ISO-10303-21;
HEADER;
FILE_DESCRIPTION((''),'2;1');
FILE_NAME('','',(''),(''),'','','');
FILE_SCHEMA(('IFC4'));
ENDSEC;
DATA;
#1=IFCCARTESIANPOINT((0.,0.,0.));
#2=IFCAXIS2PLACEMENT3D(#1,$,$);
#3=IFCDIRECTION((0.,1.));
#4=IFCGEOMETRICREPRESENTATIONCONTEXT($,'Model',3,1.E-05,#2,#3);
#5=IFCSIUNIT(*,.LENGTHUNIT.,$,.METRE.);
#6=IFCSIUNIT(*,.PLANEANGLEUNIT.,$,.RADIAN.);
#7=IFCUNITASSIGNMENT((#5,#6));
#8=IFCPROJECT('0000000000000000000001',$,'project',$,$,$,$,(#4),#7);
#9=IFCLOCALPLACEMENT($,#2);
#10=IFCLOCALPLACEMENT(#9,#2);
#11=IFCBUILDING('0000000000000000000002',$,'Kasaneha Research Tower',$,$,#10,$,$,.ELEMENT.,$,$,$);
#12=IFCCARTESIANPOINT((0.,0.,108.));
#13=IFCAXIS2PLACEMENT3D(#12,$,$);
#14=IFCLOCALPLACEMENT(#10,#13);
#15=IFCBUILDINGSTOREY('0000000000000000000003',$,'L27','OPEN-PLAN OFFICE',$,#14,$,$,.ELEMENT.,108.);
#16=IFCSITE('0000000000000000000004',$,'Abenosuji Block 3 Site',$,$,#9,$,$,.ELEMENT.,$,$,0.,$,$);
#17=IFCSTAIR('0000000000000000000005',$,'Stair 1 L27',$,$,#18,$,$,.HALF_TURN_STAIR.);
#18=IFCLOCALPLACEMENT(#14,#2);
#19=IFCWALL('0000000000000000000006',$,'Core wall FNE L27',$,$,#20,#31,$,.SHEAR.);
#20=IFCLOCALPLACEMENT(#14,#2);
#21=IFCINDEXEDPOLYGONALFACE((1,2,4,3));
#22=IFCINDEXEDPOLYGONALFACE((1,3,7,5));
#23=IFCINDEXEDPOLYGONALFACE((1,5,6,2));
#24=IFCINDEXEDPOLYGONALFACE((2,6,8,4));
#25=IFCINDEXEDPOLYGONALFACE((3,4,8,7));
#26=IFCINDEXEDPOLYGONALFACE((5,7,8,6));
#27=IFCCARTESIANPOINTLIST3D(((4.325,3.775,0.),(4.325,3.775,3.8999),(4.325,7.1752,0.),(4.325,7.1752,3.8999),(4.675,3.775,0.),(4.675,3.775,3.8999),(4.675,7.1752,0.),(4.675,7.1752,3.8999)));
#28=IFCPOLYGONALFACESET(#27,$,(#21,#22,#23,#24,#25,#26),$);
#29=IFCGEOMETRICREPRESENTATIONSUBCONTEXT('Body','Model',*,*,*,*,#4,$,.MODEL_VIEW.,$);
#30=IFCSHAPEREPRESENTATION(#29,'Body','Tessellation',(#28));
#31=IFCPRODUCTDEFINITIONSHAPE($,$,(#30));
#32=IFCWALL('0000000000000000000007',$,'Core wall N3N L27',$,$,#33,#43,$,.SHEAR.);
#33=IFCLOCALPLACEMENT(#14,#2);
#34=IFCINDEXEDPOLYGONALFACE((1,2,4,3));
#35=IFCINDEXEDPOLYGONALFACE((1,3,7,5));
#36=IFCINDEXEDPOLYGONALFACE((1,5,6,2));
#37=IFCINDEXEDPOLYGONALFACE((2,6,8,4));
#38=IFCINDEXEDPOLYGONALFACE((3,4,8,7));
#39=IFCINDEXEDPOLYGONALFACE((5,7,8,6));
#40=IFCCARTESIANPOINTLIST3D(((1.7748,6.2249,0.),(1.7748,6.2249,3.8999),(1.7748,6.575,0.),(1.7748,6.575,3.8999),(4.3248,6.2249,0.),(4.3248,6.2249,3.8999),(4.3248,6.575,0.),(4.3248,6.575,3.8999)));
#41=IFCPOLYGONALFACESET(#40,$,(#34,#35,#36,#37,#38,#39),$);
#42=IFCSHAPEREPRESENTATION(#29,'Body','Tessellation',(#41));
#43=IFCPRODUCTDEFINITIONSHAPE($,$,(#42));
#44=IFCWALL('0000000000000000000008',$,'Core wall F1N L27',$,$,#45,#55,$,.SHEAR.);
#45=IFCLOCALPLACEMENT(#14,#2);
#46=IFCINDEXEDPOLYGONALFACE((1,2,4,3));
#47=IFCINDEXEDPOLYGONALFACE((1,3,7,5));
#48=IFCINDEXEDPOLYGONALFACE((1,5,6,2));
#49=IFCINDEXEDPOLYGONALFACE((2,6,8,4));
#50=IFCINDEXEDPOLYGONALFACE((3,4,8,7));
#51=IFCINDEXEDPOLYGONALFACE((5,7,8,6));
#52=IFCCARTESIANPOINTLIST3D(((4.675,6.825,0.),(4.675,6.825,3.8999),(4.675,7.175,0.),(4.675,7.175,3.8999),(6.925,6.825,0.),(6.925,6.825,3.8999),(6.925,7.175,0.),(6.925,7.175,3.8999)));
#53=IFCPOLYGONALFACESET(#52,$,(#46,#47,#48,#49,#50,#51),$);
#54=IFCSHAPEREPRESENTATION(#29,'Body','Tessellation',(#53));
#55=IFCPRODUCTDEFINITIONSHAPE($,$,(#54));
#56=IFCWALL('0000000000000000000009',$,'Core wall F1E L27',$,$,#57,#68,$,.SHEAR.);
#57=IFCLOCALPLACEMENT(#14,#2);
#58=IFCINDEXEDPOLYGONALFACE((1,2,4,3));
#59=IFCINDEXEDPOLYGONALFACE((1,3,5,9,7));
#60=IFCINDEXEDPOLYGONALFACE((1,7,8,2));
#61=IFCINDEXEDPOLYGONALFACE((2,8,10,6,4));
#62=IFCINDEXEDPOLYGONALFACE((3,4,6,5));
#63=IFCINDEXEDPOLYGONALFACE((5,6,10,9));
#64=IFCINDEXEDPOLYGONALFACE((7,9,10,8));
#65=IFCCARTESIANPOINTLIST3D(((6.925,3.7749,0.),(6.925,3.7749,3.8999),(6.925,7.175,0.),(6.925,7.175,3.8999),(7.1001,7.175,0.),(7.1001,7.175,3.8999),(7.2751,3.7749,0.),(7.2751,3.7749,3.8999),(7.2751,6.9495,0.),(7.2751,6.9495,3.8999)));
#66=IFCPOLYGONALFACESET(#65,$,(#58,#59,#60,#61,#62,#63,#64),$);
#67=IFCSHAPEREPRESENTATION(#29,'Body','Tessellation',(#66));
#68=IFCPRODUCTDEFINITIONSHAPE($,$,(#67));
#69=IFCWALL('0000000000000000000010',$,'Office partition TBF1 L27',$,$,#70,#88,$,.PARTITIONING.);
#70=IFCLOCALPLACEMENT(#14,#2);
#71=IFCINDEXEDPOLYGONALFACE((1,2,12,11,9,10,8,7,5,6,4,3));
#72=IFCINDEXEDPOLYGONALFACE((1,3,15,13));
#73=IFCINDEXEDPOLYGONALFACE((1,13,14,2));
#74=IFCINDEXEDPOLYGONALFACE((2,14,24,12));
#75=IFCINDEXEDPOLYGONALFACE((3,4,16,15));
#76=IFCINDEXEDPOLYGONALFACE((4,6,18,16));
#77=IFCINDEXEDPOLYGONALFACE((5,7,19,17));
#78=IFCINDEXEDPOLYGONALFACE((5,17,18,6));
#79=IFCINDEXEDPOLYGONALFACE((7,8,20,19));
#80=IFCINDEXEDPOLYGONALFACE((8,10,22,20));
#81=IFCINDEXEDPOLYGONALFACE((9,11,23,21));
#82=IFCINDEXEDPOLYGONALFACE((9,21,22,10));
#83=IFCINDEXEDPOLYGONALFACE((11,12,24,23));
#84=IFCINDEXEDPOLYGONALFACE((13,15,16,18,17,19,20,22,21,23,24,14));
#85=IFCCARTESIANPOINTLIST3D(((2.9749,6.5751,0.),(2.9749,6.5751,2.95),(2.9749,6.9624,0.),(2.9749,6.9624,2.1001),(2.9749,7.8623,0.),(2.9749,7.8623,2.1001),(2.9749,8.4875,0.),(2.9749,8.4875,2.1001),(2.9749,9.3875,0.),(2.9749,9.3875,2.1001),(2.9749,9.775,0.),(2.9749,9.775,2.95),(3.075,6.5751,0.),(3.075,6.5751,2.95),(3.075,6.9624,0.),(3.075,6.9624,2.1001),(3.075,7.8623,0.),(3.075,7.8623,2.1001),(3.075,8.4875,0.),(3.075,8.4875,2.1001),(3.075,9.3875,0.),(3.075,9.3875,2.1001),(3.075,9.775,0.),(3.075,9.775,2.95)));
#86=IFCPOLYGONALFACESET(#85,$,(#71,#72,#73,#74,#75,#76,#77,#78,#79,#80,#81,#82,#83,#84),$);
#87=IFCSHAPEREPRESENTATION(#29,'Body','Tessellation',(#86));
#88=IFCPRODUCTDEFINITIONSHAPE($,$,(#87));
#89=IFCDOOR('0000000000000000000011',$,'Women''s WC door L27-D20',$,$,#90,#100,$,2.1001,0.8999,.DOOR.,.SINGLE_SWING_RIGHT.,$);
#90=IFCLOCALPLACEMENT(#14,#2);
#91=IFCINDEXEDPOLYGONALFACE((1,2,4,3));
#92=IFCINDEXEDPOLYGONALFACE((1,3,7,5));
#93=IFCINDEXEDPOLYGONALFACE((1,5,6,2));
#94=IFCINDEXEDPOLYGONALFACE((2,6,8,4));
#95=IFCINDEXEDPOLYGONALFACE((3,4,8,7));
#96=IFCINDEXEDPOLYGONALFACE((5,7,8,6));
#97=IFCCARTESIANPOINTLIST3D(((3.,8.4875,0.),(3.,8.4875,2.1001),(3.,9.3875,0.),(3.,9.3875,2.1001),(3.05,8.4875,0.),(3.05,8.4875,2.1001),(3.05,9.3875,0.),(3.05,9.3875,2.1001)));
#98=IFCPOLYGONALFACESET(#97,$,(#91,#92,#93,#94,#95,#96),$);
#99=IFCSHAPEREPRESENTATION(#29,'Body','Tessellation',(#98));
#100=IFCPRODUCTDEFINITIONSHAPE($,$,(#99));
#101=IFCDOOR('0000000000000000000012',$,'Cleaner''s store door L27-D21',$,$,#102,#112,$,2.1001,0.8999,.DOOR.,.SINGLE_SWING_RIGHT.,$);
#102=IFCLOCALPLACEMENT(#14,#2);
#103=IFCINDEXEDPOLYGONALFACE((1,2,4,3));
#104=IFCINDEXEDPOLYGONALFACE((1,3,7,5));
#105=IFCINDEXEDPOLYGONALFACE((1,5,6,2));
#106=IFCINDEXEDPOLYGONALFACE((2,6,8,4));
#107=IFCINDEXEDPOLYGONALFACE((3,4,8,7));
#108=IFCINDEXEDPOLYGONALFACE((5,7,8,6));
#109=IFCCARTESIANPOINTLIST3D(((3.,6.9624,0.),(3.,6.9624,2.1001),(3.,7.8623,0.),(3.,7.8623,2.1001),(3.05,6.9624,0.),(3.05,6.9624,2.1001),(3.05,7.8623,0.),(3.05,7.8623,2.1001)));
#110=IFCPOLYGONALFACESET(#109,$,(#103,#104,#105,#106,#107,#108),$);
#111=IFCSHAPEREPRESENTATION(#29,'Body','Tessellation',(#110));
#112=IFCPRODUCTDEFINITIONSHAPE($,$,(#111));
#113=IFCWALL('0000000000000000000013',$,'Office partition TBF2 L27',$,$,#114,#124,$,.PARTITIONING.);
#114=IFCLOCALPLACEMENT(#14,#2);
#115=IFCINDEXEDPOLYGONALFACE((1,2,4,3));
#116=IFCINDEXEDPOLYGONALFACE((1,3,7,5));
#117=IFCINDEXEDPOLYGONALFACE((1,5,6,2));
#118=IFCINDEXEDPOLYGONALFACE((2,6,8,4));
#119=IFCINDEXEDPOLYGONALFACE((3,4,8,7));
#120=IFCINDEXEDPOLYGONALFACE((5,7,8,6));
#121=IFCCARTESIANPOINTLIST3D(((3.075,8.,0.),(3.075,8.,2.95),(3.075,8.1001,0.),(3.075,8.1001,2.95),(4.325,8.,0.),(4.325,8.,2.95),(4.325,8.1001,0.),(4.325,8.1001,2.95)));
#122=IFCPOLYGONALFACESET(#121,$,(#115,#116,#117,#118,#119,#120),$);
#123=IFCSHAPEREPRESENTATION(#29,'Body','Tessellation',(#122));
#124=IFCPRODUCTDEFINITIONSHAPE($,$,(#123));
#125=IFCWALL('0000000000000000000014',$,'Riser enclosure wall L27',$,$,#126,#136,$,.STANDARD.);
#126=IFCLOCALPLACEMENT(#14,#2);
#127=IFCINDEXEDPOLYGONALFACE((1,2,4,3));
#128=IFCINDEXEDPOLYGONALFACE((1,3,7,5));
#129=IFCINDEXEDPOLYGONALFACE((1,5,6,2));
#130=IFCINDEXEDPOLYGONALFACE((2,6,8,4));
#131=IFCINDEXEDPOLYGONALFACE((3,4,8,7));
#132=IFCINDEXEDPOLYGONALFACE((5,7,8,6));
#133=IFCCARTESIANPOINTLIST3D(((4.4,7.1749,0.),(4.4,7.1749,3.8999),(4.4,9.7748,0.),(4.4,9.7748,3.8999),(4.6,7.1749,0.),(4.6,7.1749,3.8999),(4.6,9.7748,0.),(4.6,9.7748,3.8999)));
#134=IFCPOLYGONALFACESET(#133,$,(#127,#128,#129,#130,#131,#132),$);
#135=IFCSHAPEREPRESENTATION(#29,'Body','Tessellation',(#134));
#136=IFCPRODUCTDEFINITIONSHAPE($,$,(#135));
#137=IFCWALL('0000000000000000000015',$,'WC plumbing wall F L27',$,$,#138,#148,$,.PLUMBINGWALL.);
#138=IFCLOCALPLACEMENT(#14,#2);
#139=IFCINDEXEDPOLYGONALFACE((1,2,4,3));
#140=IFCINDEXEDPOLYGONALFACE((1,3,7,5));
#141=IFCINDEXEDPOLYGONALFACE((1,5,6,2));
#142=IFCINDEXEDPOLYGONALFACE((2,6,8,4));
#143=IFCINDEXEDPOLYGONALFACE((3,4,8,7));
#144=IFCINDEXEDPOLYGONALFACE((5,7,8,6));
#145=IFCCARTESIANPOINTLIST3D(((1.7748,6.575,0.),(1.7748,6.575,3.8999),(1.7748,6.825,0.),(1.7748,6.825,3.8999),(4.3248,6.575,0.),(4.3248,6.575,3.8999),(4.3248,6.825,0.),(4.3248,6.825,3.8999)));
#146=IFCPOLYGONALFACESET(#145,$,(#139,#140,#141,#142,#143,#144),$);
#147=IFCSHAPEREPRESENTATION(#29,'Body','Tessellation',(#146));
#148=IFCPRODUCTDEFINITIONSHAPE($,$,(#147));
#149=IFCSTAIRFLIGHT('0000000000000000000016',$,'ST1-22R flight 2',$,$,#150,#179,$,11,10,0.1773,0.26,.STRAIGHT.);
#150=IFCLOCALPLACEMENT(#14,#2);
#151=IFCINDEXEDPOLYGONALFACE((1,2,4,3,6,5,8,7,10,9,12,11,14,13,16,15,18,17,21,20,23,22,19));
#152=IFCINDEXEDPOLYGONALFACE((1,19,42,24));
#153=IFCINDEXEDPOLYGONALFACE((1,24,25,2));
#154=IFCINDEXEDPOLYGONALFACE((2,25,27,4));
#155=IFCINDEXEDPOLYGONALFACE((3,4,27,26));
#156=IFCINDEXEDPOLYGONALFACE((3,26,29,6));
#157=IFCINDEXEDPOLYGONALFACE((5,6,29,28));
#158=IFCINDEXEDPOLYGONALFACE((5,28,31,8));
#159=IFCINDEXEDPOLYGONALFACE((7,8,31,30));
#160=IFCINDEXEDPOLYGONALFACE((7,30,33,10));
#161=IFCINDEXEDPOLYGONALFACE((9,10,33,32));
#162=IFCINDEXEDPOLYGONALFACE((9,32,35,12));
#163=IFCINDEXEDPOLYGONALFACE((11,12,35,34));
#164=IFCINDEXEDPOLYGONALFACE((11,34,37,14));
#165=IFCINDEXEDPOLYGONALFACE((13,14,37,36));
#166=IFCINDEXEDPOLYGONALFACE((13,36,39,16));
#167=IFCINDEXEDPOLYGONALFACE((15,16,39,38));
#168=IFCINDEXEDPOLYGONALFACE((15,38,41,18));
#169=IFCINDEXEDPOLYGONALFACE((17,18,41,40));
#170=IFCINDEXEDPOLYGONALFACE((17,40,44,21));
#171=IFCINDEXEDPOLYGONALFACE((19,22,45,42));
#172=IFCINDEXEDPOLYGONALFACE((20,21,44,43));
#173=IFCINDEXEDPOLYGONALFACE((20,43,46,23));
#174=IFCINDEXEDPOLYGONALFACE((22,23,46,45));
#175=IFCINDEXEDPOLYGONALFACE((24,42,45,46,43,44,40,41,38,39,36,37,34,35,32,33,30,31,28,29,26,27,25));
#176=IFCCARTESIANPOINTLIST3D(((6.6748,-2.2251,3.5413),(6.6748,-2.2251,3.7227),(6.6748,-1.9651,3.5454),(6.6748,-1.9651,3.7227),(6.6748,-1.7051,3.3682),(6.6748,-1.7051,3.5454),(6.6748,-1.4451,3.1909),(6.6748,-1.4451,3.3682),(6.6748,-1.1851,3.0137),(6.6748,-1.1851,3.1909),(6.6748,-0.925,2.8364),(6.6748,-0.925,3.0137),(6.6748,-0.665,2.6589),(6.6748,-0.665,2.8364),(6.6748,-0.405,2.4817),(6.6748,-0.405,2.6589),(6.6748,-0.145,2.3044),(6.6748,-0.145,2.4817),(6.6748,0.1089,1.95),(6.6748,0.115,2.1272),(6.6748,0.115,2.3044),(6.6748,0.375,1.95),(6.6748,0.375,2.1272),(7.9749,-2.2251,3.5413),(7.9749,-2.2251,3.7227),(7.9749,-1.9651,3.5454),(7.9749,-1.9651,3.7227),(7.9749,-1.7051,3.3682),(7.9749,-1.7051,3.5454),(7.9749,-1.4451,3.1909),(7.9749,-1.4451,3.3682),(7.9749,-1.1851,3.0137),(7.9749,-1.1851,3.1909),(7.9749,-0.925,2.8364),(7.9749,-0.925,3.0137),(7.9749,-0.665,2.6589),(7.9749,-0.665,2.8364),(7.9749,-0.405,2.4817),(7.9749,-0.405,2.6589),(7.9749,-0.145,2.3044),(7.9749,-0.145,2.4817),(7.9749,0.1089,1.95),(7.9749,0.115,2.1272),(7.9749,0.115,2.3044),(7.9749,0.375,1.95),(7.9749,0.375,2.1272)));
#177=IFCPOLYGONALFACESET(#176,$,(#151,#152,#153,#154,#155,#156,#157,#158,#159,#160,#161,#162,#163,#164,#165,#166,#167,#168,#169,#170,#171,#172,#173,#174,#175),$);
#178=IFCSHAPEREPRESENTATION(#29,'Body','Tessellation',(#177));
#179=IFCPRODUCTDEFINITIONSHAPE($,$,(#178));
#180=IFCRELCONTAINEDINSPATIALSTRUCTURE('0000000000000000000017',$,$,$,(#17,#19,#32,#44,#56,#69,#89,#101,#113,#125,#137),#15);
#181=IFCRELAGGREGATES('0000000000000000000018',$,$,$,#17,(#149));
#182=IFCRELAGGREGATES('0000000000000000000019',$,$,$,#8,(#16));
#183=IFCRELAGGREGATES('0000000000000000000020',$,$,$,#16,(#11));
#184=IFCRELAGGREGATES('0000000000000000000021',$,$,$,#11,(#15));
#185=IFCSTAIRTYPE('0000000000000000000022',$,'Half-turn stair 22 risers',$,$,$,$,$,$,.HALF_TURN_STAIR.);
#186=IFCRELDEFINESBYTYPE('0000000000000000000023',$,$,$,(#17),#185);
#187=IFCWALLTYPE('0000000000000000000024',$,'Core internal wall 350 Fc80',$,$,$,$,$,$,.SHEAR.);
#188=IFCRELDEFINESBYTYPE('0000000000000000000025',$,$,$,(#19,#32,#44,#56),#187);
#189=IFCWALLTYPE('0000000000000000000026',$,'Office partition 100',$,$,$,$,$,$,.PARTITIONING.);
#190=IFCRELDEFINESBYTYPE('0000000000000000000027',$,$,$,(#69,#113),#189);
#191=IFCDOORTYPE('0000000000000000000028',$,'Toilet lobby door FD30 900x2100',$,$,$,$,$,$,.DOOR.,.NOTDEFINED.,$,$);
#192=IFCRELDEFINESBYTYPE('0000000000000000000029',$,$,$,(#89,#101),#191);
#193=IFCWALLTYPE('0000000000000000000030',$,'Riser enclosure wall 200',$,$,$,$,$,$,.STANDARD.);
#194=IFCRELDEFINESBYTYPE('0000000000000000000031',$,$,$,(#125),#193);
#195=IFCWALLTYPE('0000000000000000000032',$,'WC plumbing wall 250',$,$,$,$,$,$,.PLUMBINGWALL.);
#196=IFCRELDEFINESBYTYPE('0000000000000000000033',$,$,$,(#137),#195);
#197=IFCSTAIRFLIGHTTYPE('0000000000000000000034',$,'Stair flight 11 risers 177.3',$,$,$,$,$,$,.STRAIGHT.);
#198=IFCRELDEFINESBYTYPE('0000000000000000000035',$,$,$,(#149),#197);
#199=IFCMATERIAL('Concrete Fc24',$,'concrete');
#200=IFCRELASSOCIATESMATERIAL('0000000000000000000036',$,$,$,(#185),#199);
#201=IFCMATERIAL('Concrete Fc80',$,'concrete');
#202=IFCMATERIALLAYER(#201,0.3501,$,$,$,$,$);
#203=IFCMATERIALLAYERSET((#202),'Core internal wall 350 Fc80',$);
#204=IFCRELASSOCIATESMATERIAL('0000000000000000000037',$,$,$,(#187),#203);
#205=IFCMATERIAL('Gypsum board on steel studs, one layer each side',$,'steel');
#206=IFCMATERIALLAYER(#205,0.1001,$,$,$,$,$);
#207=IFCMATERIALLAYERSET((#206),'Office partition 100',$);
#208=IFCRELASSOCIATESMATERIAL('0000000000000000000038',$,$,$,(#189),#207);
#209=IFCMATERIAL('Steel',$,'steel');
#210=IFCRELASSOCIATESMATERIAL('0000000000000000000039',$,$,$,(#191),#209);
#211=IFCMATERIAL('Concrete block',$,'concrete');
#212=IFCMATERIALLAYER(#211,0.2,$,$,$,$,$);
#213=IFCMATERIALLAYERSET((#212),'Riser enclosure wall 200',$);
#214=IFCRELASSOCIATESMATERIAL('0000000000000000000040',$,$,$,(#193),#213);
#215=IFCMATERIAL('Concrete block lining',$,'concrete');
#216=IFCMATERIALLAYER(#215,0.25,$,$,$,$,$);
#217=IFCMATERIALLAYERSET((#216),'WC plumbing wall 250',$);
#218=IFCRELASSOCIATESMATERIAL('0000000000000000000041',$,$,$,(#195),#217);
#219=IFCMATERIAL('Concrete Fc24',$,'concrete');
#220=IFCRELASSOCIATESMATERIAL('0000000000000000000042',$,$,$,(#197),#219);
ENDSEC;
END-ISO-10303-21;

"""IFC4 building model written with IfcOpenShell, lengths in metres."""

from ifc_helpers import new_model, si_unit, direction, frame, frame_2d, origin, place, context, subcontext, project, spatial, polyline, rectangle, outline, extrude, material, layer, layer_set, type_object, element, fill, aggregate, save


model = new_model("IFC4")

# Units and contexts
model_context = context("Model", 3, precision=1e-05, world=origin(), true_north=direction((0.0, 1.0)))
body_context = subcontext(model_context, "Body", "Model", "MODEL_VIEW")
ifc_project = project(units=[si_unit("LENGTHUNIT", "METRE"), si_unit("PLANEANGLEUNIT", "RADIAN")], contexts=[model_context])

# Site, building, storey
site_placement = place(None, origin())
site = spatial("IfcSite", under=ifc_project, at=site_placement, Name="Abenosuji Block 3 Site", CompositionType="ELEMENT", RefElevation=0.0)
building_placement = place(site_placement, origin())
building = spatial("IfcBuilding", under=site, at=building_placement, Name="Kasaneha Research Tower", CompositionType="ELEMENT")
storey_placement = place(building_placement, frame((0.0, 0.0, 108.0)))
storey = spatial("IfcBuildingStorey", under=building, at=storey_placement, Name="L27", Description="OPEN-PLAN OFFICE", CompositionType="ELEMENT", Elevation=108.0)

# Stair
ifc_material_1 = material(Name="Concrete Fc24", Category="concrete")
stair_type = type_object("IfcStairType", Name="Half-turn stair 22 risers", PredefinedType="HALF_TURN_STAIR", material=ifc_material_1)
stair_1_placement = place(storey_placement, origin())
stair_1 = element("IfcStair", 1, at=stair_1_placement, inside=storey, type_object=stair_type, Name="Stair 1 L27", PredefinedType="HALF_TURN_STAIR")

# Shared definitions
ifc_material_2 = material(Name="Concrete Fc80", Category="concrete")
ifc_layer_1 = layer(ifc_material_2, 0.3501)
ifc_layer_set_1 = layer_set([ifc_layer_1], Name="Core internal wall 350 Fc80")
wall_type_1 = type_object("IfcWallType", Name="Core internal wall 350 Fc80", PredefinedType="SHEAR", material=ifc_layer_set_1)

# Walls
wall_1_placement = place(storey_placement, frame((4.5, 3.7749, 0.0), z_axis=(0.0, 0.0, 1.0), x_axis=(0.0, 1.0, 0.0)))
element("IfcWall", 2, at=wall_1_placement, inside=storey, type_object=wall_type_1, Name="Core wall FNE L27", PredefinedType="SHEAR", context=body_context, shape_type="SweptSolid", body=[
    extrude(rectangle(XDim=3.4001, YDim=0.3501, at=frame_2d((1.7002, 0.0))), origin(), (0.0, 0.0, 1.0), 3.8999),
])
wall_2_placement = place(storey_placement, frame((1.7749, 6.3999, 0.0), z_axis=(0.0, 0.0, 1.0), x_axis=(1.0, 0.0, 0.0)))
element("IfcWall", 3, at=wall_2_placement, inside=storey, type_object=wall_type_1, Name="Core wall N3N L27", PredefinedType="SHEAR", context=body_context, shape_type="SweptSolid", body=[
    extrude(rectangle(XDim=2.55, YDim=0.3501, at=frame_2d((1.2749, 0.0))), origin(), (0.0, 0.0, 1.0), 3.8999),
])
wall_3_placement = place(storey_placement, frame((4.675, 7.0, 0.0), z_axis=(0.0, 0.0, 1.0), x_axis=(1.0, 0.0, 0.0)))
element("IfcWall", 4, at=wall_3_placement, inside=storey, type_object=wall_type_1, Name="Core wall F1N L27", PredefinedType="SHEAR", context=body_context, shape_type="SweptSolid", body=[
    extrude(rectangle(XDim=2.25, YDim=0.3501, at=frame_2d((1.125, 0.0))), origin(), (0.0, 0.0, 1.0), 3.8999),
])
wall_4_placement = place(storey_placement, frame((7.1001, 3.7749, 0.0), z_axis=(0.0, 0.0, 1.0), x_axis=(0.0, 1.0, 0.0)))
element("IfcWall", 5, at=wall_4_placement, inside=storey, type_object=wall_type_1, Name="Core wall F1E L27", PredefinedType="SHEAR", context=body_context, shape_type="SweptSolid", body=[
    extrude(outline(polyline([(0.0, -0.175), (3.1746, -0.175), (3.4001, 0.0), (3.4001, 0.175), (0.0, 0.175), (0.0, -0.175)])), origin(), (0.0, 0.0, 1.0), 3.8999),
])

# Wall, openings, doors
ifc_material_3 = material(Name="Gypsum board on steel studs, one layer each side", Category="steel")
ifc_layer_2 = layer(ifc_material_3, 0.1001)
ifc_layer_set_2 = layer_set([ifc_layer_2], Name="Office partition 100")
wall_type_2 = type_object("IfcWallType", Name="Office partition 100", PredefinedType="PARTITIONING", material=ifc_layer_set_2)
wall_5_placement = place(storey_placement, frame((3.0249, 6.575, 0.0), z_axis=(0.0, 0.0, 1.0), x_axis=(0.0, 1.0, 0.0)))
wall_5 = element("IfcWall", 6, at=wall_5_placement, inside=storey, type_object=wall_type_2, Name="Office partition TBF1 L27", PredefinedType="PARTITIONING", context=body_context, shape_type="SweptSolid", body=[
    extrude(rectangle(XDim=3.2, YDim=0.1001, at=frame_2d((1.6001, 0.0))), origin(), (0.0, 0.0, 1.0), 2.95),
])
opening_1_placement = place(wall_5_placement, frame((1.9126, 0.0, 0.0)))
opening_1 = element("IfcOpeningElement", 7, at=opening_1_placement, cuts=wall_5, PredefinedType="OPENING", context=body_context, shape_type="SweptSolid", body=[
    extrude(rectangle(XDim=0.8999, YDim=2.1001, at=frame_2d((0.45, 1.05))), frame((0.0, 0.0601, 0.0), z_axis=(0.0, -1.0, 0.0), x_axis=(1.0, 0.0, 0.0)), (0.0, 0.0, 1.0), 0.1201),
])
opening_2_placement = place(wall_5_placement, frame((0.3875, 0.0, 0.0)))
opening_2 = element("IfcOpeningElement", 8, at=opening_2_placement, cuts=wall_5, PredefinedType="OPENING", context=body_context, shape_type="SweptSolid", body=[
    extrude(rectangle(XDim=0.8999, YDim=2.1001, at=frame_2d((0.45, 1.05))), frame((0.0, 0.0601, 0.0), z_axis=(0.0, -1.0, 0.0), x_axis=(1.0, 0.0, 0.0)), (0.0, 0.0, 1.0), 0.1201),
])
ifc_material_4 = material(Name="Steel", Category="steel")
door_type_1 = type_object("IfcDoorType", Name="Toilet lobby door FD30 900x2100", OperationType="NOTDEFINED", PredefinedType="DOOR", material=ifc_material_4)
door_1_placement = place(opening_1_placement, origin())
door_1 = element("IfcDoor", 9, at=door_1_placement, inside=storey, type_object=door_type_1, Name="Women's WC door L27-D20", OperationType="SINGLE_SWING_RIGHT", OverallHeight=2.1001, OverallWidth=0.8999, PredefinedType="DOOR", context=body_context, shape_type="SweptSolid", body=[
    extrude(rectangle(XDim=0.8999, YDim=2.1001, at=frame_2d((0.45, 1.05))), frame((0.0, 0.0249, 0.0), z_axis=(0.0, -1.0, 0.0), x_axis=(1.0, 0.0, 0.0)), (0.0, 0.0, 1.0), 0.05),
])
fill(opening_1, door_1)
door_2_placement = place(opening_2_placement, origin())
door_2 = element("IfcDoor", 10, at=door_2_placement, inside=storey, type_object=door_type_1, Name="Cleaner's store door L27-D21", OperationType="SINGLE_SWING_RIGHT", OverallHeight=2.1001, OverallWidth=0.8999, PredefinedType="DOOR", context=body_context, shape_type="SweptSolid", body=[
    extrude(rectangle(XDim=0.8999, YDim=2.1001, at=frame_2d((0.45, 1.05))), frame((0.0, 0.0249, 0.0), z_axis=(0.0, -1.0, 0.0), x_axis=(1.0, 0.0, 0.0)), (0.0, 0.0, 1.0), 0.05),
])
fill(opening_2, door_2)

# Walls
wall_6_placement = place(storey_placement, frame((3.075, 8.05, 0.0), z_axis=(0.0, 0.0, 1.0), x_axis=(1.0, 0.0, 0.0)))
element("IfcWall", 11, at=wall_6_placement, inside=storey, type_object=wall_type_2, Name="Office partition TBF2 L27", PredefinedType="PARTITIONING", context=body_context, shape_type="SweptSolid", body=[
    extrude(rectangle(XDim=1.25, YDim=0.1001, at=frame_2d((0.625, 0.0))), origin(), (0.0, 0.0, 1.0), 2.95),
])
ifc_material_5 = material(Name="Concrete block", Category="concrete")
ifc_layer_3 = layer(ifc_material_5, 0.2)
ifc_layer_set_3 = layer_set([ifc_layer_3], Name="Riser enclosure wall 200")
wall_type_3 = type_object("IfcWallType", Name="Riser enclosure wall 200", PredefinedType="STANDARD", material=ifc_layer_set_3)
wall_7_placement = place(storey_placement, frame((4.5, 7.175, 0.0), z_axis=(0.0, 0.0, 1.0), x_axis=(0.0, 1.0, 0.0)))
element("IfcWall", 12, at=wall_7_placement, inside=storey, type_object=wall_type_3, Name="Riser enclosure wall L27", PredefinedType="STANDARD", context=body_context, shape_type="SweptSolid", body=[
    extrude(rectangle(XDim=2.5999, YDim=0.2, at=frame_2d((1.2998, 0.0))), origin(), (0.0, 0.0, 1.0), 3.8999),
])
ifc_material_6 = material(Name="Concrete block lining", Category="concrete")
ifc_layer_4 = layer(ifc_material_6, 0.25)
ifc_layer_set_4 = layer_set([ifc_layer_4], Name="WC plumbing wall 250")
wall_type_4 = type_object("IfcWallType", Name="WC plumbing wall 250", PredefinedType="PLUMBINGWALL", material=ifc_layer_set_4)
wall_8_placement = place(storey_placement, frame((1.7749, 6.7, 0.0), z_axis=(0.0, 0.0, 1.0), x_axis=(1.0, 0.0, 0.0)))
element("IfcWall", 13, at=wall_8_placement, inside=storey, type_object=wall_type_4, Name="WC plumbing wall F L27", PredefinedType="PLUMBINGWALL", context=body_context, shape_type="SweptSolid", body=[
    extrude(rectangle(XDim=2.55, YDim=0.25, at=frame_2d((1.2749, 0.0))), origin(), (0.0, 0.0, 1.0), 3.8999),
])

# Stair flight
ifc_material_7 = material(Name="Concrete Fc24", Category="concrete")
stair_flight_type = type_object("IfcStairFlightType", Name="Stair flight 11 risers 177.3", PredefinedType="STRAIGHT", material=ifc_material_7)
stair_flight_placement = place(storey_placement, frame((7.325, 0.375, 1.95), z_axis=(0.0, 0.0, 1.0), x_axis=(0.0, -1.0, 0.0)))
stair_flight = element("IfcStairFlight", 14, at=stair_flight_placement, type_object=stair_flight_type, Name="ST1-22R flight 2", NumberOfRisers=11, NumberOfTreads=10, PredefinedType="STRAIGHT", RiserHeight=0.1773, TreadLength=0.26, context=body_context, shape_type="SweptSolid", body=[
    extrude(outline(polyline([(0.0, 0.0), (0.0, 0.1772), (0.26, 0.1772), (0.26, 0.3545), (0.52, 0.3545), (0.52, 0.5317), (0.78, 0.5317), (0.78, 0.709), (1.04, 0.709), (1.04, 0.8865), (1.3, 0.8865), (1.3, 1.0637), (1.5601, 1.0637), (1.5601, 1.241), (1.8201, 1.241), (1.8201, 1.4182), (2.0801, 1.4182), (2.0801, 1.5955), (2.3401, 1.5955), (2.3401, 1.7727), (2.6001, 1.7727), (2.6001, 1.95), (2.6001, 1.5913), (0.2661, 0.0), (0.0, 0.0)])), frame((0.0, 0.6499, 0.0), z_axis=(0.0, -1.0, 0.0), x_axis=(1.0, 0.0, 0.0)), (0.0, 0.0, 1.0), 1.3),
])
aggregate(stair_1, [stair_flight])

save(model, "model.ifc")
